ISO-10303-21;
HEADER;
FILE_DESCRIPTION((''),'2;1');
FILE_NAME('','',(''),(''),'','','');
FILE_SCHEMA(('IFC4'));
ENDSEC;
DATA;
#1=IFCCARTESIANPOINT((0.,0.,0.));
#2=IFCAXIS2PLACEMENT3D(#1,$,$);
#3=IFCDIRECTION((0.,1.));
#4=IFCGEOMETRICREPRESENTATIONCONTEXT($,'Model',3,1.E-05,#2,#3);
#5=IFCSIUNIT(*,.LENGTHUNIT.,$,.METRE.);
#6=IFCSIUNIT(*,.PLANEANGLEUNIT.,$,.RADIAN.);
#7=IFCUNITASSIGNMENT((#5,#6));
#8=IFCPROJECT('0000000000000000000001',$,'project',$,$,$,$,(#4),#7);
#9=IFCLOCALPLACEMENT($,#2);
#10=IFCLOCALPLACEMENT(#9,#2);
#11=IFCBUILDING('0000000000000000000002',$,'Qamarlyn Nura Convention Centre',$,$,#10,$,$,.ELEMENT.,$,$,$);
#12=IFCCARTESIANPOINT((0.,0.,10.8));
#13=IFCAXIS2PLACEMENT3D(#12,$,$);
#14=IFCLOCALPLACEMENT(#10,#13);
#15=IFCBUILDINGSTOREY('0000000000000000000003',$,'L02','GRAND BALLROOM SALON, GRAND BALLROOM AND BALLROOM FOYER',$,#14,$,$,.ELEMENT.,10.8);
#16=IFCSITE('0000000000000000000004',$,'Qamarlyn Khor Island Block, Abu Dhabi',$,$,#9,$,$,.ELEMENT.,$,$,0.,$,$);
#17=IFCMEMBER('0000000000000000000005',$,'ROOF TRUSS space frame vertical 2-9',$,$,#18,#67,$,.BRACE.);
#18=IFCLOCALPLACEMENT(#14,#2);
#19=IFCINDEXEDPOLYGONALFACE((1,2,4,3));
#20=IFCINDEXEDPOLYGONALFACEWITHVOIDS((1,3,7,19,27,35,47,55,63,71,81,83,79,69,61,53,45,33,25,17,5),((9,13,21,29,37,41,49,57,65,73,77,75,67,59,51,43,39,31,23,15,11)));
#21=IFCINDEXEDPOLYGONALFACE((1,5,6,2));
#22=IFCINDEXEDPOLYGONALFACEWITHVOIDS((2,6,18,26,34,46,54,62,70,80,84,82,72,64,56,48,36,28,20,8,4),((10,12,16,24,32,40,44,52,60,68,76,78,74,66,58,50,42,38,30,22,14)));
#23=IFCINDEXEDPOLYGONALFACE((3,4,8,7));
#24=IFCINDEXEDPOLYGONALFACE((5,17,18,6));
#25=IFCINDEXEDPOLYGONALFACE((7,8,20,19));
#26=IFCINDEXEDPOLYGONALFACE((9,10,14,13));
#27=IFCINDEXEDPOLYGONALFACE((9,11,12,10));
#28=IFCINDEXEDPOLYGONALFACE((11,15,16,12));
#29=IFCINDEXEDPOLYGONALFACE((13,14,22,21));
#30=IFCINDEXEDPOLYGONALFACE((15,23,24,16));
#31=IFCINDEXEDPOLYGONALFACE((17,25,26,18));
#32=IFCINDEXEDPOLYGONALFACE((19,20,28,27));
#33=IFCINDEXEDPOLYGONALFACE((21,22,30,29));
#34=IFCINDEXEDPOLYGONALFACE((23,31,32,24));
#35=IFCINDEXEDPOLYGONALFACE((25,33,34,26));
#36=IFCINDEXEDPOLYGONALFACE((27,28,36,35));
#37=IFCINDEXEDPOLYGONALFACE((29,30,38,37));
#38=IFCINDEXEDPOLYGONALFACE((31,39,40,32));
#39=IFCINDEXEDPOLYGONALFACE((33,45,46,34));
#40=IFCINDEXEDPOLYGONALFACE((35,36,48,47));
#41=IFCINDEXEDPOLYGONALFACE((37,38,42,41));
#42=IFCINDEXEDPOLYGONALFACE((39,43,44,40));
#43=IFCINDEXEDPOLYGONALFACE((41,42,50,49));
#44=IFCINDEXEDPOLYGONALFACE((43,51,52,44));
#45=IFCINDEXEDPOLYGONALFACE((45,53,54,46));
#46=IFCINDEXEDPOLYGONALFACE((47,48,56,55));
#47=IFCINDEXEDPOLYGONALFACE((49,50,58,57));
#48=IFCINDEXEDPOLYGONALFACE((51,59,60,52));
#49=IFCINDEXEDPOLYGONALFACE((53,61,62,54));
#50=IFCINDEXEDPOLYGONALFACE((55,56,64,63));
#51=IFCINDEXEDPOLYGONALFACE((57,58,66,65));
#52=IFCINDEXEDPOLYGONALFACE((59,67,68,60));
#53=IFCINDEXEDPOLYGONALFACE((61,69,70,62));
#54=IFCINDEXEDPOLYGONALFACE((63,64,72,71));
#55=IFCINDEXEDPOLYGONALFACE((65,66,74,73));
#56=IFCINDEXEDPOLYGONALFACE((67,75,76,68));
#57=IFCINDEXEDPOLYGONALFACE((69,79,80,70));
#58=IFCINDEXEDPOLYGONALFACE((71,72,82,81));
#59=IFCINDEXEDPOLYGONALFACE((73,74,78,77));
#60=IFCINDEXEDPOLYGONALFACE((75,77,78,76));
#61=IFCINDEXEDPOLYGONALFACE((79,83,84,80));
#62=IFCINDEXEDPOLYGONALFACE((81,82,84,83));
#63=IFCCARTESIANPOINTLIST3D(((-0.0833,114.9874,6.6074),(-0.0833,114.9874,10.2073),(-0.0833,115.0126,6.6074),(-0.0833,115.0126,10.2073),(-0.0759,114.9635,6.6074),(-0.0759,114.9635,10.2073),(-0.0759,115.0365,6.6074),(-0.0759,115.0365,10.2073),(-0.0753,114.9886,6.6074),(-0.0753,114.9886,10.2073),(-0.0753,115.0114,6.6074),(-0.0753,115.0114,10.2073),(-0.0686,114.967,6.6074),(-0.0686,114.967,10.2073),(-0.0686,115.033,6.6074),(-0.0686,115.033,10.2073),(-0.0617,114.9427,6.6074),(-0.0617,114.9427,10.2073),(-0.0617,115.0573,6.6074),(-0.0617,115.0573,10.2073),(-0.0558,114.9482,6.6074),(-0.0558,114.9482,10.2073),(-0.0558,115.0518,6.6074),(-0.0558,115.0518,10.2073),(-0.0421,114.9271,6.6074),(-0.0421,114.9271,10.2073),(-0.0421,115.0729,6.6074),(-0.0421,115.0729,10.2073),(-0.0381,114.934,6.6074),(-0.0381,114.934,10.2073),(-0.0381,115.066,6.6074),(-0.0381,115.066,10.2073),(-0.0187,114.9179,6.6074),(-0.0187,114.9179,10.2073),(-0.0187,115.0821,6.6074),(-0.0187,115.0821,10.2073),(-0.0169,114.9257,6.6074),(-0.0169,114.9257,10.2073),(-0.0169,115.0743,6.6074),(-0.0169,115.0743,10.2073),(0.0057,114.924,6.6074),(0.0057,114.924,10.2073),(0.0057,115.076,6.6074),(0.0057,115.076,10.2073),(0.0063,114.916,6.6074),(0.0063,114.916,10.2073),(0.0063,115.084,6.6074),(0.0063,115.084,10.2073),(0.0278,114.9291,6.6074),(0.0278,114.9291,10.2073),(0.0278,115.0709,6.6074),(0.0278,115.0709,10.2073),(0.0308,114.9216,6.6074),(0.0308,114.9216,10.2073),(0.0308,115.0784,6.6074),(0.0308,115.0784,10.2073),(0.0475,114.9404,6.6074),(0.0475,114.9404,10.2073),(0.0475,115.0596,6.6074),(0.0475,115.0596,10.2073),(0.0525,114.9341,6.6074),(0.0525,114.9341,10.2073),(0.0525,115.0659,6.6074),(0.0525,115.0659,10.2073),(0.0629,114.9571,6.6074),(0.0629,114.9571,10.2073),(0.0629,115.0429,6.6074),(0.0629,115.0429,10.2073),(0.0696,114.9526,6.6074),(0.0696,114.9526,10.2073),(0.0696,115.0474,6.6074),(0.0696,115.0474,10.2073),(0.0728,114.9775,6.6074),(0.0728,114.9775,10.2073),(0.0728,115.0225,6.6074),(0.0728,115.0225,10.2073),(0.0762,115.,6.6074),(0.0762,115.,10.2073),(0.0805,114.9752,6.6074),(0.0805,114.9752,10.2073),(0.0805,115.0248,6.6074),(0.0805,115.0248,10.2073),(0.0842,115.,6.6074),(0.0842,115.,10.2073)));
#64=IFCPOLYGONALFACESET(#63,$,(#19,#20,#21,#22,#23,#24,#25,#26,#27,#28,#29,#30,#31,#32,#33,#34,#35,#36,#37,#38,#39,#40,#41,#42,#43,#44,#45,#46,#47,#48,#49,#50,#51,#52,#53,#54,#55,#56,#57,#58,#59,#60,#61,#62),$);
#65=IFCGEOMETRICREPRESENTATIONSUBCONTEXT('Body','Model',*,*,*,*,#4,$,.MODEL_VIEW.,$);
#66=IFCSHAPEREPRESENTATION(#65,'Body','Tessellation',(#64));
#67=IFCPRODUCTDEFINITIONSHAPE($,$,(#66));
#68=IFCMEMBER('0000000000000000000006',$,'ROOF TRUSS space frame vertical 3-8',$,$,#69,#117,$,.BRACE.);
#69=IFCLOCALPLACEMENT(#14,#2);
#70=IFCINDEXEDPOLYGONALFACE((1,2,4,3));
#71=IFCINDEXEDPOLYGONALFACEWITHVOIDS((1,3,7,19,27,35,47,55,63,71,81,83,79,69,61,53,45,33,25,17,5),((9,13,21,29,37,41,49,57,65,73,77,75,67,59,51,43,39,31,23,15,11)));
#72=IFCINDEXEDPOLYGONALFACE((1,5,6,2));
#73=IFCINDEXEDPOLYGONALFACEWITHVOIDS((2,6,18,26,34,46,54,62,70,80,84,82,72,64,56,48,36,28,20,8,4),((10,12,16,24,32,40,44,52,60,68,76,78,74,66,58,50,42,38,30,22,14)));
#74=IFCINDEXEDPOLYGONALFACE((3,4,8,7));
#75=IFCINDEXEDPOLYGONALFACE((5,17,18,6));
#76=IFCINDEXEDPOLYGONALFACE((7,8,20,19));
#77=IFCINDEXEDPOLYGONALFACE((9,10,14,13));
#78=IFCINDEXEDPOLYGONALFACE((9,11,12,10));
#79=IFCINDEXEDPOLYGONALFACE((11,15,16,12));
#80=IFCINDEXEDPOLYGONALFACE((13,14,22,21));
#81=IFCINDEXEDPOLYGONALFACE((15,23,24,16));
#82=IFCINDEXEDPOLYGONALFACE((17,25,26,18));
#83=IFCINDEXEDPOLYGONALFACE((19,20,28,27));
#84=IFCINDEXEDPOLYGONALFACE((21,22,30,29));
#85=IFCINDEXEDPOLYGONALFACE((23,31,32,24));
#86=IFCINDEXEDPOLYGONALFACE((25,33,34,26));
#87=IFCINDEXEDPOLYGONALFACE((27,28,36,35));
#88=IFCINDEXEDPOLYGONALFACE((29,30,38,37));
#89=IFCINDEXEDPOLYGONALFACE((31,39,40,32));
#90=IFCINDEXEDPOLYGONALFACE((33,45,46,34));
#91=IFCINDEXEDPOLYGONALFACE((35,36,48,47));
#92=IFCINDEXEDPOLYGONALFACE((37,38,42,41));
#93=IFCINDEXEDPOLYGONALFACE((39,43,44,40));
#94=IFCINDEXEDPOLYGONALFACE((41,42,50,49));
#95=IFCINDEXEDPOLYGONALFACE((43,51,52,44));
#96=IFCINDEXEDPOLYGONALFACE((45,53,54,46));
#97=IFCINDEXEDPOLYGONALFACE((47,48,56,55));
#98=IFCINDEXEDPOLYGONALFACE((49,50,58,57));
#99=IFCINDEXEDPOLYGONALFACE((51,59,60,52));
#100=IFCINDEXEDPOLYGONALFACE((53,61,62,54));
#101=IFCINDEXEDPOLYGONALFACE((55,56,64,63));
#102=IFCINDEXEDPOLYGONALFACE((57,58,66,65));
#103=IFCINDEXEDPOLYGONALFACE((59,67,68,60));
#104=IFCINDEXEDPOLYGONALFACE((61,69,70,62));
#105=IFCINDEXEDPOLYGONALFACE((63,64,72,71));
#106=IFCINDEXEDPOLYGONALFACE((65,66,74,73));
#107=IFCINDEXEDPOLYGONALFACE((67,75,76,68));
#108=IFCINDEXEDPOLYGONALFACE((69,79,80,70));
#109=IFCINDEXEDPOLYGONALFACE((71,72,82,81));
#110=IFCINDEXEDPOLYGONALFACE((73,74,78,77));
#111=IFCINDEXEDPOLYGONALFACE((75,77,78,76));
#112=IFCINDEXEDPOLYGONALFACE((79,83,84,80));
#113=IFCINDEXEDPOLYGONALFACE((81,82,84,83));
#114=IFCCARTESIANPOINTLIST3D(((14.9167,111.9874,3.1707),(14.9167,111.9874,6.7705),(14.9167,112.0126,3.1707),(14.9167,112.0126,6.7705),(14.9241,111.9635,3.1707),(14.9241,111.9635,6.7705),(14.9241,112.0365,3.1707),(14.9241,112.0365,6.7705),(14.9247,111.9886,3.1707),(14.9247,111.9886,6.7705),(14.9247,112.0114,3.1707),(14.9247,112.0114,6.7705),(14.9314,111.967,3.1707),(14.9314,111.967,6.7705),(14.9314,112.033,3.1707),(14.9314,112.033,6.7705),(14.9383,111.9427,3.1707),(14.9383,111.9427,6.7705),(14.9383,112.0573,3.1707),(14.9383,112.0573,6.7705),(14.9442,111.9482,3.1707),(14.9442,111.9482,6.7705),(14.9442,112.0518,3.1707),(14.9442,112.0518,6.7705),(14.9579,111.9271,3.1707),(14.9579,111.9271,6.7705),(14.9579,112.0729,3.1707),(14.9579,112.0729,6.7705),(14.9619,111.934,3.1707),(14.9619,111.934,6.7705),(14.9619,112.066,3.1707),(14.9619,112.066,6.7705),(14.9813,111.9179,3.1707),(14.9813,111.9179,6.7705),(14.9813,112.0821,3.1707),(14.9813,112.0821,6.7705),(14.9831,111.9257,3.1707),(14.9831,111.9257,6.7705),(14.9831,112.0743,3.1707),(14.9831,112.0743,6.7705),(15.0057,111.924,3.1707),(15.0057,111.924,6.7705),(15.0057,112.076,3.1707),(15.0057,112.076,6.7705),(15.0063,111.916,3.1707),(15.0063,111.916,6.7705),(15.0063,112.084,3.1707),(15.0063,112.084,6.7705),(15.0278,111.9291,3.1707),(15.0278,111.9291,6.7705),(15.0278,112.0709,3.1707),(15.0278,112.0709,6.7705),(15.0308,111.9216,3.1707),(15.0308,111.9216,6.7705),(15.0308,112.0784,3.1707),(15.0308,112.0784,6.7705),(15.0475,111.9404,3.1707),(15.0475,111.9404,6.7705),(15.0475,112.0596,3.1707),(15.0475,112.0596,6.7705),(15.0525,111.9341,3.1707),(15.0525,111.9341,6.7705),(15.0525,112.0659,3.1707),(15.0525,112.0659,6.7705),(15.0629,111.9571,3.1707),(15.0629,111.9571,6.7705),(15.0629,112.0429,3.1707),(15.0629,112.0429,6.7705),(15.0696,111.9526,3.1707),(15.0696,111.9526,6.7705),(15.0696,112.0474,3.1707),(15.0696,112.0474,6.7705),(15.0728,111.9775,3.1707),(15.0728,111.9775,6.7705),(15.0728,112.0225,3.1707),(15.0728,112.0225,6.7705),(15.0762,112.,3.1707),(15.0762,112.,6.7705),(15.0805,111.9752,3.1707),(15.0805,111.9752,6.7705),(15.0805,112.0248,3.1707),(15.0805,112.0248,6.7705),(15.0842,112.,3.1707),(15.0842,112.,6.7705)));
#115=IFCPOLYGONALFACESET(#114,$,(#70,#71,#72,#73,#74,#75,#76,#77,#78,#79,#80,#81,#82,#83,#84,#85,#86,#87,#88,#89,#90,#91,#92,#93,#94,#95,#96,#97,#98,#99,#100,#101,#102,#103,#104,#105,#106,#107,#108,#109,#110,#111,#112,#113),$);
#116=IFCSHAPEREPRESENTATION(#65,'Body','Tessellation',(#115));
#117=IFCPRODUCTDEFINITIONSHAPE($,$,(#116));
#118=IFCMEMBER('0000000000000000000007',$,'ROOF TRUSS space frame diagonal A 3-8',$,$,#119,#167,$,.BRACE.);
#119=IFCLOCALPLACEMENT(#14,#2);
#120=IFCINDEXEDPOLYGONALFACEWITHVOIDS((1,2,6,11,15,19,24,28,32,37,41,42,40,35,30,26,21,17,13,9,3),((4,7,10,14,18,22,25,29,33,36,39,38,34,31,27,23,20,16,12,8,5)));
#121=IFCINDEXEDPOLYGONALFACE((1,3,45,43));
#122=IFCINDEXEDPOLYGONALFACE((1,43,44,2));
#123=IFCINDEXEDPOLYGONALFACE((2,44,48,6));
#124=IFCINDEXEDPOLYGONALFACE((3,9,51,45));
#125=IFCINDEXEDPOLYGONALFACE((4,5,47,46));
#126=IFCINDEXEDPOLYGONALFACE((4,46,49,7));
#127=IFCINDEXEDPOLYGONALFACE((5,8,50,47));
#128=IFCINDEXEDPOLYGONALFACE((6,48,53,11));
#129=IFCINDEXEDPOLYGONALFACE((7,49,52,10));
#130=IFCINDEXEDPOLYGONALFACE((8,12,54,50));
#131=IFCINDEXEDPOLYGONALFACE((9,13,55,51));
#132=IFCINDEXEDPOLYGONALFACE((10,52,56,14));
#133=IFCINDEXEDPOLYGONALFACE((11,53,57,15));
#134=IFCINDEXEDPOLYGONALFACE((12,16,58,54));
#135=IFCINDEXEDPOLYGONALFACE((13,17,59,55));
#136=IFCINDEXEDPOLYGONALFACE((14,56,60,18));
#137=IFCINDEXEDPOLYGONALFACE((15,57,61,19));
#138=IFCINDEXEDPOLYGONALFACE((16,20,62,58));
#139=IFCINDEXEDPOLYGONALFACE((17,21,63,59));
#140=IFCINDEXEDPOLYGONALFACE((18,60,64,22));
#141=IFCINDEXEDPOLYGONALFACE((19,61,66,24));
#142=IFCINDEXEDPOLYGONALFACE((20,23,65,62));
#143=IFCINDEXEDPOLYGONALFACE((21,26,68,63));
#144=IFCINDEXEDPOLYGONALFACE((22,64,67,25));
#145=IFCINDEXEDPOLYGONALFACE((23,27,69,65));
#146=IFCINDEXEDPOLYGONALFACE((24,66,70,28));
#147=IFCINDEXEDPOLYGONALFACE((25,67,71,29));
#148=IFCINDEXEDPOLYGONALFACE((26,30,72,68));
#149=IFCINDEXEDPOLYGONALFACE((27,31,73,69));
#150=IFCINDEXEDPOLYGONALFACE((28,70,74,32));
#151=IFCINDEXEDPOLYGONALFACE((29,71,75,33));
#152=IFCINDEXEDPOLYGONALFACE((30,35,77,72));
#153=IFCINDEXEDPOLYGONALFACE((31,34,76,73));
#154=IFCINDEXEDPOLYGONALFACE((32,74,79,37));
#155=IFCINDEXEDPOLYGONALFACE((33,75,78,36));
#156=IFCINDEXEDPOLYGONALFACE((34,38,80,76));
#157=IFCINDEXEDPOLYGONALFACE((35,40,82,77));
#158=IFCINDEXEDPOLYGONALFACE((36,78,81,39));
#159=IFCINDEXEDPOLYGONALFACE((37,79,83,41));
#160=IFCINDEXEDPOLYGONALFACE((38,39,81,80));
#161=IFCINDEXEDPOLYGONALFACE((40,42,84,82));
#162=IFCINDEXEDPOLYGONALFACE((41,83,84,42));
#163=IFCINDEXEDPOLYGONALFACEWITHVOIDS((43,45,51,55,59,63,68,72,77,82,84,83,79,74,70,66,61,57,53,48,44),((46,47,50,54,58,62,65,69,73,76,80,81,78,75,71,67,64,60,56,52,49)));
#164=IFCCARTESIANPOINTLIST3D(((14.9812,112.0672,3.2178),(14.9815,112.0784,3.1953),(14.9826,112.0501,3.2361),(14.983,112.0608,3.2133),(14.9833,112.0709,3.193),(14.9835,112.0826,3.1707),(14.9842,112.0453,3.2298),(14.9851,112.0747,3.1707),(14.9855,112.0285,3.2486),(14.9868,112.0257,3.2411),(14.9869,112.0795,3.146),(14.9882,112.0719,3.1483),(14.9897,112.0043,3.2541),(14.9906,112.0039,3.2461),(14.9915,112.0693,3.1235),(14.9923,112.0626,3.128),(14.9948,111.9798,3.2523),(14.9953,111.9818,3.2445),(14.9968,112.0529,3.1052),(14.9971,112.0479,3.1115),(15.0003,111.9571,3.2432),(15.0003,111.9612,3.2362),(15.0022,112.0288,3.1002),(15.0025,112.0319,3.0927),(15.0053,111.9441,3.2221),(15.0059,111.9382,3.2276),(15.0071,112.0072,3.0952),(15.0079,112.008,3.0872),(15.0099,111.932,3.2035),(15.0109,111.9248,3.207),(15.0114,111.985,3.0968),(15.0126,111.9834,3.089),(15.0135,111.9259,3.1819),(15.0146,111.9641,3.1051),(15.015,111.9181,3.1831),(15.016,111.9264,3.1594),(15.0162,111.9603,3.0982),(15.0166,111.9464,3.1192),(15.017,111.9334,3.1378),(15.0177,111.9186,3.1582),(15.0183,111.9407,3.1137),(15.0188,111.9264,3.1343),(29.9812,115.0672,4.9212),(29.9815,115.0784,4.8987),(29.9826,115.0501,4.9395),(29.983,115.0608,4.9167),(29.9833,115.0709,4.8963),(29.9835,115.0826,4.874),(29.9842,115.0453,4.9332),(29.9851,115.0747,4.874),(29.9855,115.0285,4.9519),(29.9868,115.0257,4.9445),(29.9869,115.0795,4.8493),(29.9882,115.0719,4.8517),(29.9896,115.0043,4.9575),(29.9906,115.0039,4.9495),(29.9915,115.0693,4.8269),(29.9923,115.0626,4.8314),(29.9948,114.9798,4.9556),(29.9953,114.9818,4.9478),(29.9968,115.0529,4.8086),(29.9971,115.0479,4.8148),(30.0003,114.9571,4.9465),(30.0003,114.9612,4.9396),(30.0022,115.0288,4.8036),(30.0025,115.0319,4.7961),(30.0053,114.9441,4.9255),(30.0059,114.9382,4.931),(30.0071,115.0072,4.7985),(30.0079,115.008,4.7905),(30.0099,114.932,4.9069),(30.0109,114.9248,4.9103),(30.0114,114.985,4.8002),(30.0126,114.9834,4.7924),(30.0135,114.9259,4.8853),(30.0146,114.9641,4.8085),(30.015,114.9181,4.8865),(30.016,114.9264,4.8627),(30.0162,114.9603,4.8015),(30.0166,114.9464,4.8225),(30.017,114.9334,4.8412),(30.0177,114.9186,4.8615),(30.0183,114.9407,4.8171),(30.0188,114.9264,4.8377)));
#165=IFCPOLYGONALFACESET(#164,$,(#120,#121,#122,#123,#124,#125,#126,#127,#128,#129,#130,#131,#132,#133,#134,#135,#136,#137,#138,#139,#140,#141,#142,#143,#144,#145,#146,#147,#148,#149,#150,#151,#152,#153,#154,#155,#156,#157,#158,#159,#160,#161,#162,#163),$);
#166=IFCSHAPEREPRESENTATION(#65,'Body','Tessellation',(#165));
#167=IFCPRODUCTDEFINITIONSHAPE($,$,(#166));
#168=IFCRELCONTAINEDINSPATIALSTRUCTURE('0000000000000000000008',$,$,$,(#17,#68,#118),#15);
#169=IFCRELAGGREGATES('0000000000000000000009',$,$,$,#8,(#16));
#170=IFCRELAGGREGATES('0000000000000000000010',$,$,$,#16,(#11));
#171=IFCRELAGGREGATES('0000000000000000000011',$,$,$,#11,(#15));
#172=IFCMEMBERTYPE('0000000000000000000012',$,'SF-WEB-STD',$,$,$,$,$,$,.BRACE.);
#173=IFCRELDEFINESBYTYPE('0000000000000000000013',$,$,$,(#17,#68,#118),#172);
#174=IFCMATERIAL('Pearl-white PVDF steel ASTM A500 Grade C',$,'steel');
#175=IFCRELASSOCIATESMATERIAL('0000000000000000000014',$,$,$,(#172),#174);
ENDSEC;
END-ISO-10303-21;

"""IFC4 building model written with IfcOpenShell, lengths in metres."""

from ifc_helpers import new_model, si_unit, direction, frame, origin, origin_2d, place, context, subcontext, project, spatial, hollow_circle, extrude, material, material_profile, profile_set, type_object, element, save


model = new_model("IFC4")

# Units and contexts
model_context = context("Model", 3, precision=1e-05, world=origin(), true_north=direction((0.0, 1.0)))
body_context = subcontext(model_context, "Body", "Model", "MODEL_VIEW")
ifc_project = project(units=[si_unit("LENGTHUNIT", "METRE"), si_unit("PLANEANGLEUNIT", "RADIAN")], contexts=[model_context])

# Site, building, storey
site_placement = place(None, origin())
site = spatial("IfcSite", under=ifc_project, at=site_placement, Name="Qamarlyn Khor Island Block, Abu Dhabi", CompositionType="ELEMENT", RefElevation=0.0)
building_placement = place(site_placement, origin())
building = spatial("IfcBuilding", under=site, at=building_placement, Name="Qamarlyn Nura Convention Centre", CompositionType="ELEMENT")
storey_placement = place(building_placement, frame((0.0, 0.0, 10.8)))
storey = spatial("IfcBuildingStorey", under=building, at=storey_placement, Name="L02", Description="GRAND BALLROOM SALON, GRAND BALLROOM AND BALLROOM FOYER", CompositionType="ELEMENT", Elevation=10.8)

# Members
ifc_material_1 = material(Name="Pearl-white PVDF steel ASTM A500 Grade C", Category="steel")
ifc_material_profile_1 = material_profile(ifc_material_1, hollow_circle(Radius=0.0842, WallThickness=0.0081, at=origin_2d()), Name="CHS168.3X8")
ifc_profile_set_1 = profile_set([ifc_material_profile_1], Name="Pearl-white PVDF steel ASTM A500 Grade C")
member_type_1 = type_object("IfcMemberType", Name="SF-WEB-STD", PredefinedType="BRACE", material=ifc_profile_set_1)
for number, where, z_axis, x_axis, name in (
    (1, (0.0, 115.0, 6.6074), (0.0, 0.0, 1.0), (1.0, 0.0, 0.0), "ROOF TRUSS space frame vertical 2-9"),
    (2, (15.0, 112.0, 3.1707), (0.0, 0.0, 1.0), (1.0, 0.0, 0.0), "ROOF TRUSS space frame vertical 3-8"),
):
    element("IfcMember", number, at=place(storey_placement, frame(where, z_axis=z_axis, x_axis=x_axis)), inside=storey, type_object=member_type_1, Name=name, PredefinedType="BRACE", context=body_context, shape_type="SweptSolid", body=[
        extrude(hollow_circle(Radius=0.0842, WallThickness=0.0081, at=origin_2d()), origin(), (0.0, 0.0, 1.0), 3.5999),
    ])
member_1_placement = place(storey_placement, frame((15.0, 112.0, 3.1707), z_axis=(0.974557, 0.194911, 0.110669), x_axis=(-0.196116, 0.980581, 0.0)))
element("IfcMember", 3, at=member_1_placement, inside=storey, type_object=member_type_1, Name="ROOF TRUSS space frame diagonal A 3-8", PredefinedType="BRACE", context=body_context, shape_type="SweptSolid", body=[
    extrude(hollow_circle(Radius=0.0842, WallThickness=0.0081, at=origin_2d()), origin(), (0.0, 0.0, 1.0), 15.3916),
])

save(model, "model.ifc")
